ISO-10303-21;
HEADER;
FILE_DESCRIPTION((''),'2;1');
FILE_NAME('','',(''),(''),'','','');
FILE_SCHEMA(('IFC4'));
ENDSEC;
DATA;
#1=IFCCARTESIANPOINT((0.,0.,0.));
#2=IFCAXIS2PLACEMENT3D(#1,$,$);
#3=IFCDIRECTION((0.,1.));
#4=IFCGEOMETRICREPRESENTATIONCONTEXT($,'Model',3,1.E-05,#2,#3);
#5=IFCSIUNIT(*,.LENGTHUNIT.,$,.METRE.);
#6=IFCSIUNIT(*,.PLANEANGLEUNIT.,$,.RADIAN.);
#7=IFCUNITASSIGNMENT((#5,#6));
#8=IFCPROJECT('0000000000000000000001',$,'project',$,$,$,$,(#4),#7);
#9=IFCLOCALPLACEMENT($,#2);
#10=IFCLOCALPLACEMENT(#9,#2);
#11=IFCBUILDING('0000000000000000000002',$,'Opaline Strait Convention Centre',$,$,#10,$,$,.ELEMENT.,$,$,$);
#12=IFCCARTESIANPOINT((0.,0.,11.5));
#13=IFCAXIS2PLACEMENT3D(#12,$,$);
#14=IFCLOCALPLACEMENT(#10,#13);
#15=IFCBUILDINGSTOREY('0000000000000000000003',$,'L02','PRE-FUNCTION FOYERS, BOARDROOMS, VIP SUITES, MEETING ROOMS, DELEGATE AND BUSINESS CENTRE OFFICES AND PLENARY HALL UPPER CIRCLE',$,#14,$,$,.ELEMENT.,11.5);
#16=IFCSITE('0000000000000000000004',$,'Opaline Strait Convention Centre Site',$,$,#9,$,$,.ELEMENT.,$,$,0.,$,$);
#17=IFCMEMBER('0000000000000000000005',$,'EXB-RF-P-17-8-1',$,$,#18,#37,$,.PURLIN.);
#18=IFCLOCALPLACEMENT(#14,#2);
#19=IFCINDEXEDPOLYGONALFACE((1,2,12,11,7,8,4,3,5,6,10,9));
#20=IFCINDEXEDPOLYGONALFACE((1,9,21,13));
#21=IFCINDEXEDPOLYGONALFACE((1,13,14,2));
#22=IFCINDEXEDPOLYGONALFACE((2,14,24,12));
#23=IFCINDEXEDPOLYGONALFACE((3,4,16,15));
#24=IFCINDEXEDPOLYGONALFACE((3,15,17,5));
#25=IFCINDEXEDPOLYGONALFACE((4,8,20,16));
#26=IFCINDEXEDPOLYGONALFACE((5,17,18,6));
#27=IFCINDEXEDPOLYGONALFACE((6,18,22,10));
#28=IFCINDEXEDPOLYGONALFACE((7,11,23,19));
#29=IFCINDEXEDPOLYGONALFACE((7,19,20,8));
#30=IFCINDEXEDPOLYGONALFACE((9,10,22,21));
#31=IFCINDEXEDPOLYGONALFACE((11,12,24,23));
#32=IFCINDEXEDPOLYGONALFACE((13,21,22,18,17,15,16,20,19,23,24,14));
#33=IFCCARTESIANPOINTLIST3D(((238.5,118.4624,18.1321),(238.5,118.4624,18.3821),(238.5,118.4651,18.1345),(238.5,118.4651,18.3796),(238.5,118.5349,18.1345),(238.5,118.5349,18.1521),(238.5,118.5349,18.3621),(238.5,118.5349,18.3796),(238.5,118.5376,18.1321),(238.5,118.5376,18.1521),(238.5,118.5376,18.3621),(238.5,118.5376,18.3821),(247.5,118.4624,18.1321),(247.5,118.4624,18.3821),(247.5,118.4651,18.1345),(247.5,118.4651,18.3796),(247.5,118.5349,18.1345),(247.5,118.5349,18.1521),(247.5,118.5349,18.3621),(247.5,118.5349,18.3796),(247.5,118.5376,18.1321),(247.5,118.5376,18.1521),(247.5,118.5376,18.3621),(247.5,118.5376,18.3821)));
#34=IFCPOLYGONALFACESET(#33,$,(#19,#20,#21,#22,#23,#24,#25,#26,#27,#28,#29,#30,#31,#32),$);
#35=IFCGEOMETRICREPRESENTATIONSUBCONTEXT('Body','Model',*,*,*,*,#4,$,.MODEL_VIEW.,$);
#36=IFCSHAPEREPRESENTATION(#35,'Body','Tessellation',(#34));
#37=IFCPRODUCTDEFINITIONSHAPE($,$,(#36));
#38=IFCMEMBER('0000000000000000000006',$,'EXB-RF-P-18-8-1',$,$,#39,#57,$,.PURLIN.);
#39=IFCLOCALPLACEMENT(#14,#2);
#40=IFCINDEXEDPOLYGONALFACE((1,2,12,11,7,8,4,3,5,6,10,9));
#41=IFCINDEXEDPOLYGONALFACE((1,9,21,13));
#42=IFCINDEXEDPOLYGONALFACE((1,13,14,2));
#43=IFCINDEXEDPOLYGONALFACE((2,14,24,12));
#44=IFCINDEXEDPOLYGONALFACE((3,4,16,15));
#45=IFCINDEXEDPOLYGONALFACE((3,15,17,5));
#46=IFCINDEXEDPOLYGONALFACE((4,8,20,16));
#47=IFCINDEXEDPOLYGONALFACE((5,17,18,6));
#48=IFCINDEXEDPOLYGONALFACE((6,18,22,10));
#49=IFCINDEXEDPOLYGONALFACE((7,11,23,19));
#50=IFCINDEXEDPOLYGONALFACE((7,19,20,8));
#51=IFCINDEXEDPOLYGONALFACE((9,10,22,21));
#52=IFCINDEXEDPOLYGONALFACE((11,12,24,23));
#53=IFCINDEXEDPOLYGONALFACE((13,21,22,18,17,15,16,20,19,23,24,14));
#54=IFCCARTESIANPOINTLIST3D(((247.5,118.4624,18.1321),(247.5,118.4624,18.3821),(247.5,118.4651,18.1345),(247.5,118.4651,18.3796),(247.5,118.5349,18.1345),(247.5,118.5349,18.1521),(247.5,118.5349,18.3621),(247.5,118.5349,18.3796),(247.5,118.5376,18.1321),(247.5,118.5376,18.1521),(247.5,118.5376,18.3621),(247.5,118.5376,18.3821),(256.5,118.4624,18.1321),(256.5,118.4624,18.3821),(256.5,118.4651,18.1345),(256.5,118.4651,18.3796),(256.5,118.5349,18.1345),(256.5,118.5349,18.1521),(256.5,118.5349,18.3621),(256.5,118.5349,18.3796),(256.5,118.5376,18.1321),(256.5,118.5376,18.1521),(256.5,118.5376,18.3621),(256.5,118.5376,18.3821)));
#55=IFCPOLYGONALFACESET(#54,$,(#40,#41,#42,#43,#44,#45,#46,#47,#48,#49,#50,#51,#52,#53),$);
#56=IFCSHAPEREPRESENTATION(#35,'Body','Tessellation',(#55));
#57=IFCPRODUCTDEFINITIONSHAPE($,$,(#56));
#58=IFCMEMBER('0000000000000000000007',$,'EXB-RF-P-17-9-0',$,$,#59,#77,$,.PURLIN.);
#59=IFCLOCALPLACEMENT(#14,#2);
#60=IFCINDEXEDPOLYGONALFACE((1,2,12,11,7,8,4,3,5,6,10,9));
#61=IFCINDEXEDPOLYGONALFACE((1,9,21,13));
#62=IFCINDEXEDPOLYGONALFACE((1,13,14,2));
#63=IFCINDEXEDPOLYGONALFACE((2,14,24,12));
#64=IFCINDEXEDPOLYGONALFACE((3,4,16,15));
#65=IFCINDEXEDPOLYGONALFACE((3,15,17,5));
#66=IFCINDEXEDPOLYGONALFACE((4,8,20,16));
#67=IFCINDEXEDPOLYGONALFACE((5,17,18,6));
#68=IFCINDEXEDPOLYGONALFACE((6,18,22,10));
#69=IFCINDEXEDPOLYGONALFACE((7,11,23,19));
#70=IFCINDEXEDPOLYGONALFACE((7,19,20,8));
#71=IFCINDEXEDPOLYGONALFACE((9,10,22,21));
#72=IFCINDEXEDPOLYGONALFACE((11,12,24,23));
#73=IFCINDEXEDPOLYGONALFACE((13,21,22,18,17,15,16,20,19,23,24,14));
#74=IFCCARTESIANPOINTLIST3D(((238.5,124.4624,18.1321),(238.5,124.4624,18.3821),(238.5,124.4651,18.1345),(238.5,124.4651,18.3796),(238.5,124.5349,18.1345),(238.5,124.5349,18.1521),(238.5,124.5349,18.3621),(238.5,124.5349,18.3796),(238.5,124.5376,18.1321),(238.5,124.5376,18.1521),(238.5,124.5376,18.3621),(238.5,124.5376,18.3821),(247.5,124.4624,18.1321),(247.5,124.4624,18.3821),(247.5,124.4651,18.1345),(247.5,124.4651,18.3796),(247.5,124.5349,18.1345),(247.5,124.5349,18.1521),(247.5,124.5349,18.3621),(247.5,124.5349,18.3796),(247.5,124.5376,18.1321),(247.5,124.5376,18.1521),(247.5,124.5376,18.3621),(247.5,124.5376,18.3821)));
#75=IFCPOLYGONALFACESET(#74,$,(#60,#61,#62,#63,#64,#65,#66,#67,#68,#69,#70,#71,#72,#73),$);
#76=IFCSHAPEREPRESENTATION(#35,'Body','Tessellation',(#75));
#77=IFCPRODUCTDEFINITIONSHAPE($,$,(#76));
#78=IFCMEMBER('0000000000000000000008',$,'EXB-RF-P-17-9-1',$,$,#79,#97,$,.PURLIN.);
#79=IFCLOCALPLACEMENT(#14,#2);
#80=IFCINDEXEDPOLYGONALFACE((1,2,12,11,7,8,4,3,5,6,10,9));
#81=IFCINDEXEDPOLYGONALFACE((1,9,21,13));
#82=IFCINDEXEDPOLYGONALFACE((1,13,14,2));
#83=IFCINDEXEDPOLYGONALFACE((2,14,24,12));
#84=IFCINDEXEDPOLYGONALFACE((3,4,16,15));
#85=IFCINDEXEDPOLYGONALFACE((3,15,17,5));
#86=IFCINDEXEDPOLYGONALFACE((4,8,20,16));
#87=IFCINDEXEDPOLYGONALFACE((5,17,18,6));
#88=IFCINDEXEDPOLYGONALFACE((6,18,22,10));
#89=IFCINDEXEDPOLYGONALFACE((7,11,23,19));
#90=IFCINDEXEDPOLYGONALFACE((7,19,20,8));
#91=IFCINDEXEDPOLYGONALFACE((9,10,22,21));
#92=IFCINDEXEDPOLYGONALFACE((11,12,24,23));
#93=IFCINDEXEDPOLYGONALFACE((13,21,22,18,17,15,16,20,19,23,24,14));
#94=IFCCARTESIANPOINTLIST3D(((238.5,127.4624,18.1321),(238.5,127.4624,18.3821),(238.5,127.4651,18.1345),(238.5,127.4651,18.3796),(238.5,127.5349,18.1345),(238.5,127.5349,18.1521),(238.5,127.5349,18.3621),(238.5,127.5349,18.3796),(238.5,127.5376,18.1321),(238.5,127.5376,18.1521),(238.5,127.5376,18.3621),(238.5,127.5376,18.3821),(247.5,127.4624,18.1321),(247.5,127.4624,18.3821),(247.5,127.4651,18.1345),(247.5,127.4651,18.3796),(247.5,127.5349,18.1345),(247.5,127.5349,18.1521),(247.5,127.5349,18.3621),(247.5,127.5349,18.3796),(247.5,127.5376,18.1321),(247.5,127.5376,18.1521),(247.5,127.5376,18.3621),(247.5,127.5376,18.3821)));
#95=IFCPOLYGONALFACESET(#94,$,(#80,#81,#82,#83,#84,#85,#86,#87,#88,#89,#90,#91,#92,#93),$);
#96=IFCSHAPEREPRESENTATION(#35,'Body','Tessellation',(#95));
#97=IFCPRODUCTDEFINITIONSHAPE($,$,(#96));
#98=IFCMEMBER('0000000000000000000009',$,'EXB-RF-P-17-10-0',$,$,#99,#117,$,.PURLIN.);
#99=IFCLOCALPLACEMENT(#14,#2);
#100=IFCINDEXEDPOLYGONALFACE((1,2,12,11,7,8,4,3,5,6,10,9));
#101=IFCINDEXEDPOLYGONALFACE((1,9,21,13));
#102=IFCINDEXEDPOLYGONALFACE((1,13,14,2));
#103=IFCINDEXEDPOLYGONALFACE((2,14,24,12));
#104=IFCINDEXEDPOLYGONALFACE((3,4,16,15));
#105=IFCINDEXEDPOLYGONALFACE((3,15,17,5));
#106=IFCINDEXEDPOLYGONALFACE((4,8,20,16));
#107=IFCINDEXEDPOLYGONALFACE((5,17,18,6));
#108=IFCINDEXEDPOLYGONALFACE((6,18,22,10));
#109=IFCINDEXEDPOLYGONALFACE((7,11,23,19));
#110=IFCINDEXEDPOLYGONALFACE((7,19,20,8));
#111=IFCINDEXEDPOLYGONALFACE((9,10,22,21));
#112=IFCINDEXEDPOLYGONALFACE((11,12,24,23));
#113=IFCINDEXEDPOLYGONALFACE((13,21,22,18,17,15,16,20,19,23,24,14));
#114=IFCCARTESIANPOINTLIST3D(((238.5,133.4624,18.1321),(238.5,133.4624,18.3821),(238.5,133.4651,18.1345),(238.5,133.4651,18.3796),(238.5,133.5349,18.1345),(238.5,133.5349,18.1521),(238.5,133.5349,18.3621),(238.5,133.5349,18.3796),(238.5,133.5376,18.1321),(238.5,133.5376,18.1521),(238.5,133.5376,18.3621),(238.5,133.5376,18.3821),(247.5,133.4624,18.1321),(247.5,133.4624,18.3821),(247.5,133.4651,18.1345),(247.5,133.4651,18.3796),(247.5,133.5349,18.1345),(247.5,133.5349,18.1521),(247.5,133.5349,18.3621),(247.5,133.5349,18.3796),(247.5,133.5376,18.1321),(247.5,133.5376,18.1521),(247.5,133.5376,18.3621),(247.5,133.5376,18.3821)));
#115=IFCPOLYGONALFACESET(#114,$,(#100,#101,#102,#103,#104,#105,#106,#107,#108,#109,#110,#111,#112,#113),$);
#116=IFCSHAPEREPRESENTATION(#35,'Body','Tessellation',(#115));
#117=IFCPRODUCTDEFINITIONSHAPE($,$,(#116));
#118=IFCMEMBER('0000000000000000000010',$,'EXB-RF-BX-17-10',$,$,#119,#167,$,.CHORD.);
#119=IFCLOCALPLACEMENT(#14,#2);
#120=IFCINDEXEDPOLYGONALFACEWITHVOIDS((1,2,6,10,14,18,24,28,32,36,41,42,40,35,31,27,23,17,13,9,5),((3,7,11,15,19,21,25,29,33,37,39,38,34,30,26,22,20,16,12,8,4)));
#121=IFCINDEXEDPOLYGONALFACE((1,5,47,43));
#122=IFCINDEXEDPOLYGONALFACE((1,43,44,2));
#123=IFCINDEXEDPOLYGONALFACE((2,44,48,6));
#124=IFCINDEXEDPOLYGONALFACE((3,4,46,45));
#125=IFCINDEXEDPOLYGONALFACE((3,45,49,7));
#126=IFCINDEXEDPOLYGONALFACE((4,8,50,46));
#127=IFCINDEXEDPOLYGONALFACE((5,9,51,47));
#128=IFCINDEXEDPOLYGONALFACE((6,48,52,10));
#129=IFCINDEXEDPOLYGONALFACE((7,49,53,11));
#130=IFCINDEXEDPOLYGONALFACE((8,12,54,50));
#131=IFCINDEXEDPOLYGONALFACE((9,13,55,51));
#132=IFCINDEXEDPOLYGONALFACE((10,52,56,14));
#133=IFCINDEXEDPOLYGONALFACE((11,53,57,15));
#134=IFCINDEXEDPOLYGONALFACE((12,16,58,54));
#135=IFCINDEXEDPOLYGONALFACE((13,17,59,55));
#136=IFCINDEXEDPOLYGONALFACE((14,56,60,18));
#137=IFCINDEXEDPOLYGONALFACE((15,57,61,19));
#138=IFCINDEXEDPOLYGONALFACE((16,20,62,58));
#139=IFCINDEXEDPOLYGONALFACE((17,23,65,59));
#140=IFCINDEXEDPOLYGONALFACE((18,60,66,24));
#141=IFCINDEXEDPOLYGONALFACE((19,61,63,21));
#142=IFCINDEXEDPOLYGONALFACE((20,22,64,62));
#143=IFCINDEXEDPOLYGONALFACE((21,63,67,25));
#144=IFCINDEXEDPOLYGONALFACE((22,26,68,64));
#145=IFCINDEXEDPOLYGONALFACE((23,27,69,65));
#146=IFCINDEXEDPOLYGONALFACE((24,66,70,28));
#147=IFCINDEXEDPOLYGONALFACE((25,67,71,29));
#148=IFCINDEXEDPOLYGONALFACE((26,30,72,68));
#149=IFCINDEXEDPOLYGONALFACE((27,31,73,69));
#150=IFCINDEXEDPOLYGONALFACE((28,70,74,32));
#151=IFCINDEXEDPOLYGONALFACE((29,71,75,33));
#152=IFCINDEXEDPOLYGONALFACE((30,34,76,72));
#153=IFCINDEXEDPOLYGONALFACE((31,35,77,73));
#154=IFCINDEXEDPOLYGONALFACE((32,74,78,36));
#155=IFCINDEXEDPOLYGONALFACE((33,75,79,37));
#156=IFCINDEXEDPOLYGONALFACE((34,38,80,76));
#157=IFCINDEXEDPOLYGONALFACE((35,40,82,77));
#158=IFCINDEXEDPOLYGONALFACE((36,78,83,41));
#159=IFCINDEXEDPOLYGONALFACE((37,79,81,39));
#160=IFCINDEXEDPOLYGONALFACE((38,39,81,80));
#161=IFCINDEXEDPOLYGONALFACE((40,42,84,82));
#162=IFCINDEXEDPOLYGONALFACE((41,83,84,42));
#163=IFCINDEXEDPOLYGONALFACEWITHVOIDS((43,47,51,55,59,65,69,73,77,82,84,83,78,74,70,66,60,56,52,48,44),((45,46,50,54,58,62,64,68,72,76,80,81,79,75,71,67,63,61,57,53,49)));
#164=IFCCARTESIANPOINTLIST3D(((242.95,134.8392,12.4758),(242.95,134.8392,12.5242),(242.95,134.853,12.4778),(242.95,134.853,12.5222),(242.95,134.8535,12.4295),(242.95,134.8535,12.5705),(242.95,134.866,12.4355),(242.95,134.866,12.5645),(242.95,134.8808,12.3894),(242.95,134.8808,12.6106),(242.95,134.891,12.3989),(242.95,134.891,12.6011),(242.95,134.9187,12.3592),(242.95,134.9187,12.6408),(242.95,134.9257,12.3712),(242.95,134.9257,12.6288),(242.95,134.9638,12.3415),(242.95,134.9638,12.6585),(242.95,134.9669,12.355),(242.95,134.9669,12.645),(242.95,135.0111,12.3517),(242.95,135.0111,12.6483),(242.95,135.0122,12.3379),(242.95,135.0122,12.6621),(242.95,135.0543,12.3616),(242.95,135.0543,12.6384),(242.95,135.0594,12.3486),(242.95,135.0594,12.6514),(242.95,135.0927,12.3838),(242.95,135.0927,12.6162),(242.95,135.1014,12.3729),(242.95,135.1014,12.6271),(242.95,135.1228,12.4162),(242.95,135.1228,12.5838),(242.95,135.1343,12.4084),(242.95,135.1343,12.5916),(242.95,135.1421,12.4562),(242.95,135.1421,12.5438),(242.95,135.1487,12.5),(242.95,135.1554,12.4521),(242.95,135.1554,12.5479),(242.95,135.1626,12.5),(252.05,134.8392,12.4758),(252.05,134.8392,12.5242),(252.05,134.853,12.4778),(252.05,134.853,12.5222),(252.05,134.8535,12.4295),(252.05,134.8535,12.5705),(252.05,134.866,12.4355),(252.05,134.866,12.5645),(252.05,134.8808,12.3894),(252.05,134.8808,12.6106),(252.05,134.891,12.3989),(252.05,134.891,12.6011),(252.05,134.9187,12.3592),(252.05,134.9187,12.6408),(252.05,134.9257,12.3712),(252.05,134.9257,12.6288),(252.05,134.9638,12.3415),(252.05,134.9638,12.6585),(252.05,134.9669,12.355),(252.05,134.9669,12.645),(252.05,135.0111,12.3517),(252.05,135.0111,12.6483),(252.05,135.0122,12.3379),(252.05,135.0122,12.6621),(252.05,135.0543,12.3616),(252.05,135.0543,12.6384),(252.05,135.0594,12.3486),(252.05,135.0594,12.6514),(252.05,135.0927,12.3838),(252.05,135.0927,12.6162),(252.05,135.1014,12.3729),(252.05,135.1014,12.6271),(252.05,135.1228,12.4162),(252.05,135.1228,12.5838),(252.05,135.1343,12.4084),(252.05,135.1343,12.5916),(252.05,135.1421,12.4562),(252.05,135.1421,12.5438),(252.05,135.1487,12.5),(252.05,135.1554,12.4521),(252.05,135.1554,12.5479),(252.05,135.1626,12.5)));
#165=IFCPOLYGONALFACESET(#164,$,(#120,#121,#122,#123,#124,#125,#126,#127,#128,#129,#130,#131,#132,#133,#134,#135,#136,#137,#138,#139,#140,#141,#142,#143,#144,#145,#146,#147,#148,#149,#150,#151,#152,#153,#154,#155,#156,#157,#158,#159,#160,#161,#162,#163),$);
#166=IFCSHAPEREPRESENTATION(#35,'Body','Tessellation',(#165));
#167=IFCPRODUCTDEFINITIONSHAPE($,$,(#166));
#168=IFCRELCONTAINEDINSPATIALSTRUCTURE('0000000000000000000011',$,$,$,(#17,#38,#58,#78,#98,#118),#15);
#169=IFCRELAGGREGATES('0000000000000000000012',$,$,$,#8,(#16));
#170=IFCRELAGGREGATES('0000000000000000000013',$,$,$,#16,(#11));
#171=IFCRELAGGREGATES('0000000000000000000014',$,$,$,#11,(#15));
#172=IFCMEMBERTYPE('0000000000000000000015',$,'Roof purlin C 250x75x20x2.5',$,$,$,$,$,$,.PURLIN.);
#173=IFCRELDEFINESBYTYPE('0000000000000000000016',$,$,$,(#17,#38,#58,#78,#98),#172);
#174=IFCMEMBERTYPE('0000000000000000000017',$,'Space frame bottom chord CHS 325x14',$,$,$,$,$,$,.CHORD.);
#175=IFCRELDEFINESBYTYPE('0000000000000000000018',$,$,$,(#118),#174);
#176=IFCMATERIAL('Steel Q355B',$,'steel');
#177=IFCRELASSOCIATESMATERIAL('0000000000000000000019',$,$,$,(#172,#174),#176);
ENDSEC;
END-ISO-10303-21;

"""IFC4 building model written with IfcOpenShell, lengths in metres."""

from ifc_helpers import new_model, si_unit, direction, frame, origin, origin_2d, place, context, subcontext, project, spatial, polyline, hollow_circle, outline, extrude, material, material_profile, profile_set, type_object, element, save


model = new_model("IFC4")

# Units and contexts
model_context = context("Model", 3, precision=1e-05, world=origin(), true_north=direction((0.0, 1.0)))
body_context = subcontext(model_context, "Body", "Model", "MODEL_VIEW")
ifc_project = project(units=[si_unit("LENGTHUNIT", "METRE"), si_unit("PLANEANGLEUNIT", "RADIAN")], contexts=[model_context])

# Site, building, storey
site_placement = place(None, origin())
site = spatial("IfcSite", under=ifc_project, at=site_placement, Name="Opaline Strait Convention Centre Site", CompositionType="ELEMENT", RefElevation=0.0)
building_placement = place(site_placement, origin())
building = spatial("IfcBuilding", under=site, at=building_placement, Name="Opaline Strait Convention Centre", CompositionType="ELEMENT")
storey_placement = place(building_placement, frame((0.0, 0.0, 11.5)))
storey = spatial("IfcBuildingStorey", under=building, at=storey_placement, Name="L02", Description="PRE-FUNCTION FOYERS, BOARDROOMS, VIP SUITES, MEETING ROOMS, DELEGATE AND BUSINESS CENTRE OFFICES AND PLENARY HALL UPPER CIRCLE", CompositionType="ELEMENT", Elevation=11.5)

# Members
ifc_material = material(Name="Steel Q355B", Category="steel")
ifc_material_profile_1 = material_profile(ifc_material, outline(polyline([(-0.0376, -0.125), (0.0376, -0.125), (0.0376, -0.105), (0.0349, -0.105), (0.0349, -0.1226), (-0.0349, -0.1226), (-0.0349, 0.1226), (0.0349, 0.1226), (0.0349, 0.105), (0.0376, 0.105), (0.0376, 0.125), (-0.0376, 0.125), (-0.0376, -0.125)])), Name="C 250x75x20x2.5")
ifc_profile_set_1 = profile_set([ifc_material_profile_1], Name="Steel Q355B")
member_type_1 = type_object("IfcMemberType", Name="Roof purlin C 250x75x20x2.5", PredefinedType="PURLIN", material=ifc_profile_set_1)
for number, where, z_axis, x_axis, name in (
    (1, (238.5, 118.5, 18.2571), (1.0, 0.0, 0.0), (0.0, 1.0, 0.0), "EXB-RF-P-17-8-1"),
    (2, (247.5, 118.5, 18.2571), (1.0, 0.0, 0.0), (0.0, 1.0, 0.0), "EXB-RF-P-18-8-1"),
    (3, (238.5, 124.5, 18.2571), (1.0, 0.0, 0.0), (0.0, 1.0, 0.0), "EXB-RF-P-17-9-0"),
    (4, (238.5, 127.5, 18.2571), (1.0, 0.0, 0.0), (0.0, 1.0, 0.0), "EXB-RF-P-17-9-1"),
    (5, (238.5, 133.5, 18.2571), (1.0, 0.0, 0.0), (0.0, 1.0, 0.0), "EXB-RF-P-17-10-0"),
):
    element("IfcMember", number, at=place(storey_placement, frame(where, z_axis=z_axis, x_axis=x_axis)), inside=storey, type_object=member_type_1, Name=name, PredefinedType="PURLIN", context=body_context, shape_type="SweptSolid", body=[
        extrude(outline(polyline([(-0.0376, -0.125), (0.0376, -0.125), (0.0376, -0.105), (0.0349, -0.105), (0.0349, -0.1226), (-0.0349, -0.1226), (-0.0349, 0.1226), (0.0349, 0.1226), (0.0349, 0.105), (0.0376, 0.105), (0.0376, 0.125), (-0.0376, 0.125), (-0.0376, -0.125)])), origin(), (0.0, 0.0, 1.0), 9.0),
    ])
ifc_material_profile_2 = material_profile(ifc_material, hollow_circle(Radius=0.1626, WallThickness=0.0139, at=origin_2d()), Name="CHS 325x14")
ifc_profile_set_2 = profile_set([ifc_material_profile_2], Name="Steel Q355B")
member_type_2 = type_object("IfcMemberType", Name="Space frame bottom chord CHS 325x14", PredefinedType="CHORD", material=ifc_profile_set_2)
for number, where, z_axis, x_axis, name in (
    (6, (242.95, 135.0, 12.5), (1.0, 0.0, 0.0), (0.0, 1.0, 0.0), "EXB-RF-BX-17-10"),
):
    element("IfcMember", number, at=place(storey_placement, frame(where, z_axis=z_axis, x_axis=x_axis)), inside=storey, type_object=member_type_2, Name=name, PredefinedType="CHORD", context=body_context, shape_type="SweptSolid", body=[
        extrude(hollow_circle(Radius=0.1626, WallThickness=0.0139, at=origin_2d()), origin(), (0.0, 0.0, 1.0), 9.1001),
    ])

save(model, "model.ifc")
